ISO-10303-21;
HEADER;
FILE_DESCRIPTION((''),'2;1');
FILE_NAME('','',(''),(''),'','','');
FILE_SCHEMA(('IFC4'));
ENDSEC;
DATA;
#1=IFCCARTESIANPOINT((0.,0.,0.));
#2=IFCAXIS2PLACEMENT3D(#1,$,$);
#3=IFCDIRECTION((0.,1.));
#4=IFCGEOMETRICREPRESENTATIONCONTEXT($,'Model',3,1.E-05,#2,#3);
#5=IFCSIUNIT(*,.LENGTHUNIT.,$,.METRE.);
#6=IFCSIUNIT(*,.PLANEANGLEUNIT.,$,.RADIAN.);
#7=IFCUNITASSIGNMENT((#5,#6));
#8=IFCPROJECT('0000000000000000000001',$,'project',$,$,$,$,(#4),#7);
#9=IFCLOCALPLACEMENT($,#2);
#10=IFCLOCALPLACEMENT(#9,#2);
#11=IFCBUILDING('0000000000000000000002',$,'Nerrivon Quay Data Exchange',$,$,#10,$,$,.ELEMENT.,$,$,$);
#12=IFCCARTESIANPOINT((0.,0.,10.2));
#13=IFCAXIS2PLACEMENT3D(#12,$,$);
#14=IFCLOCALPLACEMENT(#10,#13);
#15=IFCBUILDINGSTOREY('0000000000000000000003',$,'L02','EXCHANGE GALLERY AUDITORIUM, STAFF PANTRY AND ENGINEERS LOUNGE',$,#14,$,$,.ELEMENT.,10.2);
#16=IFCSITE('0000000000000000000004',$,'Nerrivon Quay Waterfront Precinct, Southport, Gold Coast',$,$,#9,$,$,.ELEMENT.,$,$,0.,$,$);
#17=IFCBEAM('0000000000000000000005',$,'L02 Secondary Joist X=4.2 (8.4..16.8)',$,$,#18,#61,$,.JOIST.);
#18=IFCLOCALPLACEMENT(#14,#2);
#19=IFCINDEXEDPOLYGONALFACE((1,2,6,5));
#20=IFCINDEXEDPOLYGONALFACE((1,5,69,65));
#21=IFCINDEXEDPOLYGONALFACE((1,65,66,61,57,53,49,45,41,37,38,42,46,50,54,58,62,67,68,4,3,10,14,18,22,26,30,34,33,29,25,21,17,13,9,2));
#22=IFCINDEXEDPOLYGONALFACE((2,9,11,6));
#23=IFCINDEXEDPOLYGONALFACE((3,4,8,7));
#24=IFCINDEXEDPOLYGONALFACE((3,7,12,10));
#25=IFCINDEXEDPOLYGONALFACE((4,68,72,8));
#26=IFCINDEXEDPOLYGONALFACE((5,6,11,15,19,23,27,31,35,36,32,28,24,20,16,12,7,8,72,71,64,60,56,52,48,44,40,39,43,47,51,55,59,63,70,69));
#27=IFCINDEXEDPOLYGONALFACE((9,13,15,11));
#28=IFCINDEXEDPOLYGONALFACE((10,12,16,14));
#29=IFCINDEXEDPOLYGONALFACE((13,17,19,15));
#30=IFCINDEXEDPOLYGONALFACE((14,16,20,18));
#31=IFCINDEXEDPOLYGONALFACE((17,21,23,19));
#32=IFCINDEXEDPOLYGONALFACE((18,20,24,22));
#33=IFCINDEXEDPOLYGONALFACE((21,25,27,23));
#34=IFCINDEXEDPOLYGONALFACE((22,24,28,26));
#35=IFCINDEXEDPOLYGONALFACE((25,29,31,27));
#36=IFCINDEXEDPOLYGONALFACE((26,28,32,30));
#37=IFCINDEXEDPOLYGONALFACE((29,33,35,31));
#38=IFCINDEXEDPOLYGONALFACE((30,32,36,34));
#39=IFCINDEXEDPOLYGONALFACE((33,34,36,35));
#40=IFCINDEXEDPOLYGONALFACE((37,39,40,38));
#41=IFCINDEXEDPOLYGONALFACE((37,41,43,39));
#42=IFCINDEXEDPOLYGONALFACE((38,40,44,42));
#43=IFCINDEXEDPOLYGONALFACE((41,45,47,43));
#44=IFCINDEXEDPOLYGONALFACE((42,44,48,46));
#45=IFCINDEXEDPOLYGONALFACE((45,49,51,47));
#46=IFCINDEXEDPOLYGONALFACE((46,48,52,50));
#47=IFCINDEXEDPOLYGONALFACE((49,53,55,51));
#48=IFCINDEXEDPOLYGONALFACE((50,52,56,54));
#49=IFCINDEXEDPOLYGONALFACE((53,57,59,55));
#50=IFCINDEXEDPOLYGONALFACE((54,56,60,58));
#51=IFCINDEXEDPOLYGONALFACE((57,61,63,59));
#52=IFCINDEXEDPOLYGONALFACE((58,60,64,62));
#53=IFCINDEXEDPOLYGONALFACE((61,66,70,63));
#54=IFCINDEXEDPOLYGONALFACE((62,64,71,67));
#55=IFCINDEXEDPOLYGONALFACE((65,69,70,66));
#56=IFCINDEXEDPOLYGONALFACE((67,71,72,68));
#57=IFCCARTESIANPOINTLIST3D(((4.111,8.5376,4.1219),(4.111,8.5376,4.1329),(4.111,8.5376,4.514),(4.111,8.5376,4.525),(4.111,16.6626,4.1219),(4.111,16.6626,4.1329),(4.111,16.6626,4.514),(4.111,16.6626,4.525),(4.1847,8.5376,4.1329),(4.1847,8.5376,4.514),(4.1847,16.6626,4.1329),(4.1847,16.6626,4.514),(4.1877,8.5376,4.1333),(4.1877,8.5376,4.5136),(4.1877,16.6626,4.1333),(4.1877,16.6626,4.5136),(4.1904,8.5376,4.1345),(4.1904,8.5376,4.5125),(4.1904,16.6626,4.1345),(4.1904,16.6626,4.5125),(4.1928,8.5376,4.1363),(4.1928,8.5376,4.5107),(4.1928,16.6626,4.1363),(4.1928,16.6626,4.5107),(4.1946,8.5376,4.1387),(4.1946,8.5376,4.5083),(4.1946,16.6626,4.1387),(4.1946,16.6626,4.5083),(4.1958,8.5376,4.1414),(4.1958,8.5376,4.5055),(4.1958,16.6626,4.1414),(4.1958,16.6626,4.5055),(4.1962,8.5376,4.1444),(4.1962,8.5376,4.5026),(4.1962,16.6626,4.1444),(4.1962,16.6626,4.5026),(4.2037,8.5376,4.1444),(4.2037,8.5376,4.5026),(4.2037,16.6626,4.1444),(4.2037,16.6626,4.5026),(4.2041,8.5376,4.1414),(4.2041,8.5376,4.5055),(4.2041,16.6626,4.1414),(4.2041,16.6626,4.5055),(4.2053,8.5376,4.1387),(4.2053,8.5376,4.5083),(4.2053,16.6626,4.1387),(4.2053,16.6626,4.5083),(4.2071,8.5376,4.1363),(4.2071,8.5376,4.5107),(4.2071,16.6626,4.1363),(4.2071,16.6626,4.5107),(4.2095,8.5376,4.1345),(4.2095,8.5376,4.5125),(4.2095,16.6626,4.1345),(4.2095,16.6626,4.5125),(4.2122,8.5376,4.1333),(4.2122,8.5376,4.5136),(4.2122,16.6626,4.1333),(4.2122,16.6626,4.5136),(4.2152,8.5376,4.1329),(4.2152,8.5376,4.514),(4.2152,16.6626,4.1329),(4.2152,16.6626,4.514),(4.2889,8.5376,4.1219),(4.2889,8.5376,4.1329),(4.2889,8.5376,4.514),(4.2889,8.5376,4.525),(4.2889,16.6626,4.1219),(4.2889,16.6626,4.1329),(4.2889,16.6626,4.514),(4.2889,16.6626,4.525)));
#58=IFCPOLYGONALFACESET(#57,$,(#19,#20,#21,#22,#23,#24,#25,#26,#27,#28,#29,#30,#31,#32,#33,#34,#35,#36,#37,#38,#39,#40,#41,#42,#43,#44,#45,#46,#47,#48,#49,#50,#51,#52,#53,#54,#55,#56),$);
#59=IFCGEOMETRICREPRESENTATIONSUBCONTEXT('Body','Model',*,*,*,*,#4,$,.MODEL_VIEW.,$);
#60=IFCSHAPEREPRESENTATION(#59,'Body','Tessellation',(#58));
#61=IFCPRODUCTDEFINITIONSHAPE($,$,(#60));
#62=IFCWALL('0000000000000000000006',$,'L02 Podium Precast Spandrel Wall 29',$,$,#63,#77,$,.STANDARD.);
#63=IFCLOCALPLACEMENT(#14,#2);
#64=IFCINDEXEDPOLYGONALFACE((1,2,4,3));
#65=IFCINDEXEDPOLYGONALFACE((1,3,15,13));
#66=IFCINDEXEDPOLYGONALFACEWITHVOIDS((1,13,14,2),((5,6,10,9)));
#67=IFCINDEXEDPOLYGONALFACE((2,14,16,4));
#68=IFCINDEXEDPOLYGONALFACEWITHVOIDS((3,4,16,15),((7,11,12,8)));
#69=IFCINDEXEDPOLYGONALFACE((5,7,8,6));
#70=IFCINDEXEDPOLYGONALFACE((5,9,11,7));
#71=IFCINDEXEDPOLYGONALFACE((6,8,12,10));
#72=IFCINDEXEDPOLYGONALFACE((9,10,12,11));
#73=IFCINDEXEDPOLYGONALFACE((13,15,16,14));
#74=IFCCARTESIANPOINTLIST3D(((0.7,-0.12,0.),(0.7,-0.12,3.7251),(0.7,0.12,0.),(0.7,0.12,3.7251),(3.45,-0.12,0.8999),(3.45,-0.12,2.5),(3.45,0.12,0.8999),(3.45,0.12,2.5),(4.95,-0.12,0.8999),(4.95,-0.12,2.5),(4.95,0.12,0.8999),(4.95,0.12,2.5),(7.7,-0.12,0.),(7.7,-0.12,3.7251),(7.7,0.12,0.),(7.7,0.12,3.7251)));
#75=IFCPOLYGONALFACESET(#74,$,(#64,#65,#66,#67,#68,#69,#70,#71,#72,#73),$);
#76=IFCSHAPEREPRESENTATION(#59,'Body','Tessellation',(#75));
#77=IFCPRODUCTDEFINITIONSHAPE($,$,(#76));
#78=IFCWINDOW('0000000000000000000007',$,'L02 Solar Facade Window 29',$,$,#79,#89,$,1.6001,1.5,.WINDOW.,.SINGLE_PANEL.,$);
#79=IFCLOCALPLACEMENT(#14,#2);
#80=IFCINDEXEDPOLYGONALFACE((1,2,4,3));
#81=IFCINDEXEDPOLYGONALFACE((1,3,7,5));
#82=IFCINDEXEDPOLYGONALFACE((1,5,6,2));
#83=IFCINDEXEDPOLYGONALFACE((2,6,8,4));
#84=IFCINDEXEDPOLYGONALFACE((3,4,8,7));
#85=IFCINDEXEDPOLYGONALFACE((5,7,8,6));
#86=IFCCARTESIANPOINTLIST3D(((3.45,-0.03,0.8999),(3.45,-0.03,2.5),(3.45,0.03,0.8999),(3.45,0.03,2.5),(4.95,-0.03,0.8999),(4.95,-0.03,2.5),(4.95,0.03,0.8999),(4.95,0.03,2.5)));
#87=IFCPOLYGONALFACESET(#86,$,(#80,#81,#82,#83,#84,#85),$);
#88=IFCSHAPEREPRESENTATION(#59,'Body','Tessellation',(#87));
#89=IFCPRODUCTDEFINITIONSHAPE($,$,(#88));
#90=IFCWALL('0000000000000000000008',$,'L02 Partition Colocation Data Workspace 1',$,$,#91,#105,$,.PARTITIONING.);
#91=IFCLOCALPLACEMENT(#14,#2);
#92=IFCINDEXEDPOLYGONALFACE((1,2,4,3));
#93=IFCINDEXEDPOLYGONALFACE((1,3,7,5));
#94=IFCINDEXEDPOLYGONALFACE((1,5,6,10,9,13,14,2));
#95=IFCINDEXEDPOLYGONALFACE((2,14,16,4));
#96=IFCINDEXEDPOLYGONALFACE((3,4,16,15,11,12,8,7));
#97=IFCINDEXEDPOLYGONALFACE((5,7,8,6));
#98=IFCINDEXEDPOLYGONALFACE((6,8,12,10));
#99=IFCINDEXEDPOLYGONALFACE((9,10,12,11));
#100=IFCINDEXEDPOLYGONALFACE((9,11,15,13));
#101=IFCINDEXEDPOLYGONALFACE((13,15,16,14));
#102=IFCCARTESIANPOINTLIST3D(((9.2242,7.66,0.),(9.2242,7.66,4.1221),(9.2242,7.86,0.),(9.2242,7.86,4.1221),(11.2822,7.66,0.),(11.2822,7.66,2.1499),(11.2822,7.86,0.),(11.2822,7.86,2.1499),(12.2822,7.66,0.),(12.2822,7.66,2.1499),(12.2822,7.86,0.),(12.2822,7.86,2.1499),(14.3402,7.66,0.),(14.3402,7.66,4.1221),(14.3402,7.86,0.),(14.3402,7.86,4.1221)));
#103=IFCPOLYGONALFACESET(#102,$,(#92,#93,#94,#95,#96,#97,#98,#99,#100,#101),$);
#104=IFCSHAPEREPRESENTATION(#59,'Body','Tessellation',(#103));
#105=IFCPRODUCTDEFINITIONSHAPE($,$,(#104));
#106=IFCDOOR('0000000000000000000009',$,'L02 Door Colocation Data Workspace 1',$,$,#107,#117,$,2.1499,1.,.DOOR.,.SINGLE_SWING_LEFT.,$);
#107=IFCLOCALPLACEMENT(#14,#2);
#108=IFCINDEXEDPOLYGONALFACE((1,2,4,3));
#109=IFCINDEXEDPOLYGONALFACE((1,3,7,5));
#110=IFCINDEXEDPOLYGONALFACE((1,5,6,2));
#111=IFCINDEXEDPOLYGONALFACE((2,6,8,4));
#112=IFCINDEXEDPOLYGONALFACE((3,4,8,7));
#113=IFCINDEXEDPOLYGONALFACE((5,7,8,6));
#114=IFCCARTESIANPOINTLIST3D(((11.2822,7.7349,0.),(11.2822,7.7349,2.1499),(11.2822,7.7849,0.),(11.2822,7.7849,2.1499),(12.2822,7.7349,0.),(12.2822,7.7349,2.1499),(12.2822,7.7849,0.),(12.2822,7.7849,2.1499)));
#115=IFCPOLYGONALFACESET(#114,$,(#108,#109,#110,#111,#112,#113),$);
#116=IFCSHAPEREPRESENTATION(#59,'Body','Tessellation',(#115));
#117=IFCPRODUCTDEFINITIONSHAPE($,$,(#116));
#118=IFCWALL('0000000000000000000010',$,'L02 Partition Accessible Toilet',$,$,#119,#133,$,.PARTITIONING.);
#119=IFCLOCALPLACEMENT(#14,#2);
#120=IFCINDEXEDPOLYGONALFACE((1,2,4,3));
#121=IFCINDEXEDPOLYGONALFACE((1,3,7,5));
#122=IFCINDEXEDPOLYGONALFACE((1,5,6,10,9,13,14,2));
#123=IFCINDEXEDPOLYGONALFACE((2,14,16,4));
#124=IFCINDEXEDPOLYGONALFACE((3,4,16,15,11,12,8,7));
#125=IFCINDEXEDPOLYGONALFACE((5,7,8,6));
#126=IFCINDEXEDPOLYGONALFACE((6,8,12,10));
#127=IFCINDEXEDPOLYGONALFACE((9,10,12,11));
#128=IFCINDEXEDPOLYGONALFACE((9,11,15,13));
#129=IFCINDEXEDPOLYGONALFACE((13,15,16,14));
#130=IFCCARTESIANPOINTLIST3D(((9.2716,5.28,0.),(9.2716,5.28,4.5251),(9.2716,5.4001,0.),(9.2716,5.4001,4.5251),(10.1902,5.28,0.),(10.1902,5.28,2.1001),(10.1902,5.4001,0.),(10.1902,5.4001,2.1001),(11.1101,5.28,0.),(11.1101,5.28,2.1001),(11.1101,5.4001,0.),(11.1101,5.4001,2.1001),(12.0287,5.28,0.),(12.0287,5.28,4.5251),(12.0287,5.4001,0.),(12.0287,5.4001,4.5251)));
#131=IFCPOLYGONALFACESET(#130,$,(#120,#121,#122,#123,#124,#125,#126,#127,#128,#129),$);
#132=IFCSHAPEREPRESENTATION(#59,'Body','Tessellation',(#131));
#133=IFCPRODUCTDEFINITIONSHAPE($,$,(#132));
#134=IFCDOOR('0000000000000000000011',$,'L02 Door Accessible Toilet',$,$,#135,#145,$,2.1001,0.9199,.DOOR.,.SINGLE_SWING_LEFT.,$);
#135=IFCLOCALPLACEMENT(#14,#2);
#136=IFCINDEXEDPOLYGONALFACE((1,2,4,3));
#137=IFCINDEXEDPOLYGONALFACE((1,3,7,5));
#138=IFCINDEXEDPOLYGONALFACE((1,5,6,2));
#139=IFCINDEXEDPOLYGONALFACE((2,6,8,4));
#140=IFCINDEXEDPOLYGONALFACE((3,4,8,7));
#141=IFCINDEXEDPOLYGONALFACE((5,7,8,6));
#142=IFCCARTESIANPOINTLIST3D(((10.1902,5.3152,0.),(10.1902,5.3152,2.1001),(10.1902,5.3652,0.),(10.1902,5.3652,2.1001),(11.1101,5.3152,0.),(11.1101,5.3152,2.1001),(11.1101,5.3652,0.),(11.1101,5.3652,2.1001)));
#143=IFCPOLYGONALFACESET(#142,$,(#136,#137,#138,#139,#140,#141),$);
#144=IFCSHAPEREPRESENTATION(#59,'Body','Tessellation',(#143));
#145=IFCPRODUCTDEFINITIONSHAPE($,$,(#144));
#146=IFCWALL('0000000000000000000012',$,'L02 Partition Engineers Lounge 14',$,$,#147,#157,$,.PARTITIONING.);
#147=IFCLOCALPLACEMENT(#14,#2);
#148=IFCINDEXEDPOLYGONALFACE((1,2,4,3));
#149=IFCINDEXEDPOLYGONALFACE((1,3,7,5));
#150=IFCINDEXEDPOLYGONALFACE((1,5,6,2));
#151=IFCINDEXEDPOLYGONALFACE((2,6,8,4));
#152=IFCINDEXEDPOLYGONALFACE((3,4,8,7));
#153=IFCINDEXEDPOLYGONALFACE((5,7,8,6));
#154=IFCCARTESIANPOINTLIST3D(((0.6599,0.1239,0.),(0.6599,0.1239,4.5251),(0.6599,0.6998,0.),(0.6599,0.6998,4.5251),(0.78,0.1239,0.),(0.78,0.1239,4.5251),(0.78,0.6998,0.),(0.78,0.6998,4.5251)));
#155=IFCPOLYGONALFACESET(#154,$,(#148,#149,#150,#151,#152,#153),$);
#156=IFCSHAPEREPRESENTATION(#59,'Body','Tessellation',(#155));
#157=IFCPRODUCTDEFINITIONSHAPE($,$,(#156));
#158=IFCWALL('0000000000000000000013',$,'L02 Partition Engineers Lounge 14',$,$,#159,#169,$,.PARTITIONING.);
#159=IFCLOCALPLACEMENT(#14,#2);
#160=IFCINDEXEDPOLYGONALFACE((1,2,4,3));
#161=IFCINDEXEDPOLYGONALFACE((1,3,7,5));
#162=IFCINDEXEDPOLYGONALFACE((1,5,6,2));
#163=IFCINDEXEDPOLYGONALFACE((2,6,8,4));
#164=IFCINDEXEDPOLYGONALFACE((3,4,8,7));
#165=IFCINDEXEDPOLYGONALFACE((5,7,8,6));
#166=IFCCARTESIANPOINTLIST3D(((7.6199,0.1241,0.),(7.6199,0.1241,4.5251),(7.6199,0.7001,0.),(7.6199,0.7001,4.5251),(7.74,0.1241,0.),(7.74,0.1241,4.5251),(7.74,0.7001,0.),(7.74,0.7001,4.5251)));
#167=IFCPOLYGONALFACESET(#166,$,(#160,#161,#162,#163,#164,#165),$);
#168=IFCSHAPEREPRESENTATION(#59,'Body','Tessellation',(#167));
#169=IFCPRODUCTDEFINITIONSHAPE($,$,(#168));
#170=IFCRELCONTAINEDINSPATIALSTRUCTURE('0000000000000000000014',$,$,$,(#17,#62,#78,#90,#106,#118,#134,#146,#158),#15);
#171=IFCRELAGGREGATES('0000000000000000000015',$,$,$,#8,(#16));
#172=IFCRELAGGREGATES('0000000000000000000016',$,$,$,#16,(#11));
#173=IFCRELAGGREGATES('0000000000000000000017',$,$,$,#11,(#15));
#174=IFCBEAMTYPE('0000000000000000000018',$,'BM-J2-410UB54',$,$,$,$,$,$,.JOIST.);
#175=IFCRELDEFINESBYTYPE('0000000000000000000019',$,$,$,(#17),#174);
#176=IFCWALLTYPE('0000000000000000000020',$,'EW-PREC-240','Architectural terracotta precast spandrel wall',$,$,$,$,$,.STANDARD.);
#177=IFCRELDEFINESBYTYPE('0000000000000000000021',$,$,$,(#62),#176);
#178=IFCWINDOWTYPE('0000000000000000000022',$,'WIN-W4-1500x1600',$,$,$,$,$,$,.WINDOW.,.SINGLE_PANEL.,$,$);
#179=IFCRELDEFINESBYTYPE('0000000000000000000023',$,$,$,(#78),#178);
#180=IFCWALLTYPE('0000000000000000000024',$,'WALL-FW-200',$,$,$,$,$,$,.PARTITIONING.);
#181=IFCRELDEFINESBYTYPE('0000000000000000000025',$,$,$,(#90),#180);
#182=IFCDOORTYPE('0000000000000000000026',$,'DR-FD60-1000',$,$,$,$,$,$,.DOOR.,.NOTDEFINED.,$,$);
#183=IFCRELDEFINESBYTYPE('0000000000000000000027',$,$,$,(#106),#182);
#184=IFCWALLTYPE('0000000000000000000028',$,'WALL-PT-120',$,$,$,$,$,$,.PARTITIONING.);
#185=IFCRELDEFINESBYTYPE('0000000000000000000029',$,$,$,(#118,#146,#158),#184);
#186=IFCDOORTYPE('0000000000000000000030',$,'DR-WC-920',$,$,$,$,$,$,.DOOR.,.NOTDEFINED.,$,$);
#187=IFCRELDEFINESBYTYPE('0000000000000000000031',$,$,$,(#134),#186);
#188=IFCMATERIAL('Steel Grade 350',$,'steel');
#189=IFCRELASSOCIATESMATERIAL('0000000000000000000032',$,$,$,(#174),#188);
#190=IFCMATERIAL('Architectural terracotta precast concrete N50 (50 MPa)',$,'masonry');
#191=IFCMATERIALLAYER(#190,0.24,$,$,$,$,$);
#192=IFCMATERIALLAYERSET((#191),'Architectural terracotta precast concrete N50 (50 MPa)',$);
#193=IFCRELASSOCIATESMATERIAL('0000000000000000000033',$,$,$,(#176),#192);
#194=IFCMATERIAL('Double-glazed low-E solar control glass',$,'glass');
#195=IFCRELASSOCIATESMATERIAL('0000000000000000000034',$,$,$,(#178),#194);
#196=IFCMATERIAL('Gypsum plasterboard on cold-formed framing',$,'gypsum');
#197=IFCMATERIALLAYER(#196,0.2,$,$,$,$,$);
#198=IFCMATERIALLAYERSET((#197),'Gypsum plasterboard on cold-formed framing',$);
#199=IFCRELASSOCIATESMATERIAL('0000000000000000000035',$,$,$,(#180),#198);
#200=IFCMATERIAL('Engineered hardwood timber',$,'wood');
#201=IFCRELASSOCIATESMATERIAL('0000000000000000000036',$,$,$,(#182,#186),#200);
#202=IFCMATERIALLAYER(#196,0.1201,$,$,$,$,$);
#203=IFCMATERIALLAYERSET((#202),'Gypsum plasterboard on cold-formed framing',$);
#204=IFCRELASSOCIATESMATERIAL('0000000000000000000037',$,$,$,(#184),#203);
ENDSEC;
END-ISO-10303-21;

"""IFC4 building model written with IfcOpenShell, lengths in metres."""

from ifc_helpers import new_model, si_unit, direction, frame, frame_2d, origin, origin_2d, place, context, subcontext, project, spatial, rectangle, i_section, extrude, material, layer, layer_set, material_profile, profile_set, type_object, element, fill, save


model = new_model("IFC4")

# Units and contexts
model_context = context("Model", 3, precision=1e-05, world=origin(), true_north=direction((0.0, 1.0)))
body_context = subcontext(model_context, "Body", "Model", "MODEL_VIEW")
ifc_project = project(units=[si_unit("LENGTHUNIT", "METRE"), si_unit("PLANEANGLEUNIT", "RADIAN")], contexts=[model_context])

# Site, building, storey
site_placement = place(None, origin())
site = spatial("IfcSite", under=ifc_project, at=site_placement, Name="Nerrivon Quay Waterfront Precinct, Southport, Gold Coast", CompositionType="ELEMENT", RefElevation=0.0)
building_placement = place(site_placement, origin())
building = spatial("IfcBuilding", under=site, at=building_placement, Name="Nerrivon Quay Data Exchange", CompositionType="ELEMENT")
storey_placement = place(building_placement, frame((0.0, 0.0, 10.2)))
storey = spatial("IfcBuildingStorey", under=building, at=storey_placement, Name="L02", Description="EXCHANGE GALLERY AUDITORIUM, STAFF PANTRY AND ENGINEERS LOUNGE", CompositionType="ELEMENT", Elevation=10.2)

# Beam
ifc_material_1 = material(Name="Steel Grade 350", Category="steel")
ifc_material_profile_1 = material_profile(ifc_material_1, i_section(OverallWidth=0.178, OverallDepth=0.4031, WebThickness=0.0076, FlangeThickness=0.011, FilletRadius=0.0115, at=origin_2d()), Name="410UB53.7")
ifc_profile_set_1 = profile_set([ifc_material_profile_1], Name="Steel Grade 350")
beam_type_1 = type_object("IfcBeamType", Name="BM-J2-410UB54", PredefinedType="JOIST", material=ifc_profile_set_1)
for number, where, z_axis, x_axis, name in (
    (1, (4.2, 8.5376, 4.3235), (0.0, 1.0, 0.0), (-1.0, 0.0, 0.0), "L02 Secondary Joist X=4.2 (8.4..16.8)"),
):
    element("IfcBeam", number, at=place(storey_placement, frame(where, z_axis=z_axis, x_axis=x_axis)), inside=storey, type_object=beam_type_1, Name=name, PredefinedType="JOIST", context=body_context, shape_type="SweptSolid", body=[
        extrude(i_section(OverallWidth=0.178, OverallDepth=0.4031, WebThickness=0.0076, FlangeThickness=0.011, FilletRadius=0.0115, at=origin_2d()), origin(), (0.0, 0.0, 1.0), 8.125),
    ])

# Wall, opening, window
ifc_material_2 = material(Name="Architectural terracotta precast concrete N50 (50 MPa)", Category="masonry")
ifc_layer_1 = layer(ifc_material_2, 0.24)
ifc_layer_set_1 = layer_set([ifc_layer_1], Name="Architectural terracotta precast concrete N50 (50 MPa)")
wall_type_1 = type_object("IfcWallType", Name="EW-PREC-240", Description="Architectural terracotta precast spandrel wall", PredefinedType="STANDARD", material=ifc_layer_set_1)
wall_1_placement = place(storey_placement, frame((7.7, 0.0, 0.0), z_axis=(0.0, 0.0, 1.0), x_axis=(-1.0, 0.0, 0.0)))
wall_1 = element("IfcWall", 2, at=wall_1_placement, inside=storey, type_object=wall_type_1, Name="L02 Podium Precast Spandrel Wall 29", PredefinedType="STANDARD", context=body_context, shape_type="SweptSolid", body=[
    extrude(rectangle(XDim=7.0, YDim=0.24, at=frame_2d((3.5, 0.0))), origin(), (0.0, 0.0, 1.0), 3.7251),
])
opening_1_placement = place(wall_1_placement, frame((2.75, 0.0, 0.8999)))
opening_1 = element("IfcOpeningElement", 3, at=opening_1_placement, cuts=wall_1, PredefinedType="OPENING", context=body_context, shape_type="SweptSolid", body=[
    extrude(rectangle(XDim=1.5, YDim=1.6001, at=frame_2d((0.75, 0.8))), frame((0.0, 0.1299, 0.0), z_axis=(0.0, -1.0, 0.0), x_axis=(1.0, 0.0, 0.0)), (0.0, 0.0, 1.0), 0.26),
])
ifc_material_3 = material(Name="Double-glazed low-E solar control glass", Category="glass")
window_type = type_object("IfcWindowType", Name="WIN-W4-1500x1600", PartitioningType="SINGLE_PANEL", PredefinedType="WINDOW", material=ifc_material_3)
window_placement = place(opening_1_placement, origin())
window = element("IfcWindow", 4, at=window_placement, inside=storey, type_object=window_type, Name="L02 Solar Facade Window 29", OverallHeight=1.6001, OverallWidth=1.5, PartitioningType="SINGLE_PANEL", PredefinedType="WINDOW", context=body_context, shape_type="SweptSolid", body=[
    extrude(rectangle(XDim=1.5, YDim=1.6001, at=frame_2d((0.75, 0.8))), frame((0.0, 0.03, 0.0), z_axis=(0.0, -1.0, 0.0), x_axis=(1.0, 0.0, 0.0)), (0.0, 0.0, 1.0), 0.0601),
])
fill(opening_1, window)

# Walls, openings, doors
ifc_material_4 = material(Name="Gypsum plasterboard on cold-formed framing", Category="gypsum")
ifc_layer_2 = layer(ifc_material_4, 0.2)
ifc_layer_set_2 = layer_set([ifc_layer_2], Name="Gypsum plasterboard on cold-formed framing")
wall_type_2 = type_object("IfcWallType", Name="WALL-FW-200", PredefinedType="PARTITIONING", material=ifc_layer_set_2)
wall_2_placement = place(storey_placement, frame((9.2241, 7.76, 0.0), z_axis=(0.0, 0.0, 1.0), x_axis=(1.0, 0.0, 0.0)))
wall_2 = element("IfcWall", 5, at=wall_2_placement, inside=storey, type_object=wall_type_2, Name="L02 Partition Colocation Data Workspace 1", PredefinedType="PARTITIONING", context=body_context, shape_type="SweptSolid", body=[
    extrude(rectangle(XDim=5.116, YDim=0.2, at=frame_2d((2.5581, 0.0))), origin(), (0.0, 0.0, 1.0), 4.1221),
])
opening_2_placement = place(wall_2_placement, frame((2.0581, 0.0, 0.0)))
opening_2 = element("IfcOpeningElement", 6, at=opening_2_placement, cuts=wall_2, PredefinedType="OPENING", context=body_context, shape_type="SweptSolid", body=[
    extrude(rectangle(XDim=1.0, YDim=2.1499, at=frame_2d((0.5, 1.075))), frame((0.0, 0.1099, 0.0), z_axis=(0.0, -1.0, 0.0), x_axis=(1.0, 0.0, 0.0)), (0.0, 0.0, 1.0), 0.22),
])
ifc_material_5 = material(Name="Engineered hardwood timber", Category="wood")
door_type_1 = type_object("IfcDoorType", Name="DR-FD60-1000", OperationType="NOTDEFINED", PredefinedType="DOOR", material=ifc_material_5)
door_1_placement = place(opening_2_placement, origin())
door_1 = element("IfcDoor", 7, at=door_1_placement, inside=storey, type_object=door_type_1, Name="L02 Door Colocation Data Workspace 1", OperationType="SINGLE_SWING_LEFT", OverallHeight=2.1499, OverallWidth=1.0, PredefinedType="DOOR", context=body_context, shape_type="SweptSolid", body=[
    extrude(rectangle(XDim=1.0, YDim=2.1499, at=frame_2d((0.5, 1.075))), frame((0.0, 0.0249, 0.0), z_axis=(0.0, -1.0, 0.0), x_axis=(1.0, 0.0, 0.0)), (0.0, 0.0, 1.0), 0.05),
])
fill(opening_2, door_1)
ifc_layer_3 = layer(ifc_material_4, 0.1201)
ifc_layer_set_3 = layer_set([ifc_layer_3], Name="Gypsum plasterboard on cold-formed framing")
wall_type_3 = type_object("IfcWallType", Name="WALL-PT-120", PredefinedType="PARTITIONING", material=ifc_layer_set_3)
wall_3_placement = place(storey_placement, frame((12.0286, 5.3401, 0.0), z_axis=(0.0, 0.0, 1.0), x_axis=(-1.0, 0.0, 0.0)))
wall_3 = element("IfcWall", 8, at=wall_3_placement, inside=storey, type_object=wall_type_3, Name="L02 Partition Accessible Toilet", PredefinedType="PARTITIONING", context=body_context, shape_type="SweptSolid", body=[
    extrude(rectangle(XDim=2.7571, YDim=0.1201, at=frame_2d((1.3784, 0.0))), origin(), (0.0, 0.0, 1.0), 4.5251),
])
opening_3_placement = place(wall_3_placement, frame((0.9185, 0.0, 0.0)))
opening_3 = element("IfcOpeningElement", 9, at=opening_3_placement, cuts=wall_3, PredefinedType="OPENING", context=body_context, shape_type="SweptSolid", body=[
    extrude(rectangle(XDim=0.9199, YDim=2.1001, at=frame_2d((0.46, 1.05))), frame((0.0, 0.0701, 0.0), z_axis=(0.0, -1.0, 0.0), x_axis=(1.0, 0.0, 0.0)), (0.0, 0.0, 1.0), 0.1401),
])
door_type_2 = type_object("IfcDoorType", Name="DR-WC-920", OperationType="NOTDEFINED", PredefinedType="DOOR", material=ifc_material_5)
door_2_placement = place(opening_3_placement, origin())
door_2 = element("IfcDoor", 10, at=door_2_placement, inside=storey, type_object=door_type_2, Name="L02 Door Accessible Toilet", OperationType="SINGLE_SWING_LEFT", OverallHeight=2.1001, OverallWidth=0.9199, PredefinedType="DOOR", context=body_context, shape_type="SweptSolid", body=[
    extrude(rectangle(XDim=0.9199, YDim=2.1001, at=frame_2d((0.46, 1.05))), frame((0.0, 0.0249, 0.0), z_axis=(0.0, -1.0, 0.0), x_axis=(1.0, 0.0, 0.0)), (0.0, 0.0, 1.0), 0.05),
])
fill(opening_3, door_2)

# Walls
for number, where, z_axis, x_axis, name in (
    (11, (0.72, 0.7, 0.0), (0.0, 0.0, 1.0), (0.0, -1.0, 0.0), "L02 Partition Engineers Lounge 14"),
    (12, (7.6799, 0.124, 0.0), (0.0, 0.0, 1.0), (0.0, 1.0, 0.0), "L02 Partition Engineers Lounge 14"),
):
    element("IfcWall", number, at=place(storey_placement, frame(where, z_axis=z_axis, x_axis=x_axis)), inside=storey, type_object=wall_type_3, Name=name, PredefinedType="PARTITIONING", context=body_context, shape_type="SweptSolid", body=[
        extrude(rectangle(XDim=0.5759, YDim=0.1201, at=frame_2d((0.2881, 0.0))), origin(), (0.0, 0.0, 1.0), 4.5251),
    ])

save(model, "model.ifc")
